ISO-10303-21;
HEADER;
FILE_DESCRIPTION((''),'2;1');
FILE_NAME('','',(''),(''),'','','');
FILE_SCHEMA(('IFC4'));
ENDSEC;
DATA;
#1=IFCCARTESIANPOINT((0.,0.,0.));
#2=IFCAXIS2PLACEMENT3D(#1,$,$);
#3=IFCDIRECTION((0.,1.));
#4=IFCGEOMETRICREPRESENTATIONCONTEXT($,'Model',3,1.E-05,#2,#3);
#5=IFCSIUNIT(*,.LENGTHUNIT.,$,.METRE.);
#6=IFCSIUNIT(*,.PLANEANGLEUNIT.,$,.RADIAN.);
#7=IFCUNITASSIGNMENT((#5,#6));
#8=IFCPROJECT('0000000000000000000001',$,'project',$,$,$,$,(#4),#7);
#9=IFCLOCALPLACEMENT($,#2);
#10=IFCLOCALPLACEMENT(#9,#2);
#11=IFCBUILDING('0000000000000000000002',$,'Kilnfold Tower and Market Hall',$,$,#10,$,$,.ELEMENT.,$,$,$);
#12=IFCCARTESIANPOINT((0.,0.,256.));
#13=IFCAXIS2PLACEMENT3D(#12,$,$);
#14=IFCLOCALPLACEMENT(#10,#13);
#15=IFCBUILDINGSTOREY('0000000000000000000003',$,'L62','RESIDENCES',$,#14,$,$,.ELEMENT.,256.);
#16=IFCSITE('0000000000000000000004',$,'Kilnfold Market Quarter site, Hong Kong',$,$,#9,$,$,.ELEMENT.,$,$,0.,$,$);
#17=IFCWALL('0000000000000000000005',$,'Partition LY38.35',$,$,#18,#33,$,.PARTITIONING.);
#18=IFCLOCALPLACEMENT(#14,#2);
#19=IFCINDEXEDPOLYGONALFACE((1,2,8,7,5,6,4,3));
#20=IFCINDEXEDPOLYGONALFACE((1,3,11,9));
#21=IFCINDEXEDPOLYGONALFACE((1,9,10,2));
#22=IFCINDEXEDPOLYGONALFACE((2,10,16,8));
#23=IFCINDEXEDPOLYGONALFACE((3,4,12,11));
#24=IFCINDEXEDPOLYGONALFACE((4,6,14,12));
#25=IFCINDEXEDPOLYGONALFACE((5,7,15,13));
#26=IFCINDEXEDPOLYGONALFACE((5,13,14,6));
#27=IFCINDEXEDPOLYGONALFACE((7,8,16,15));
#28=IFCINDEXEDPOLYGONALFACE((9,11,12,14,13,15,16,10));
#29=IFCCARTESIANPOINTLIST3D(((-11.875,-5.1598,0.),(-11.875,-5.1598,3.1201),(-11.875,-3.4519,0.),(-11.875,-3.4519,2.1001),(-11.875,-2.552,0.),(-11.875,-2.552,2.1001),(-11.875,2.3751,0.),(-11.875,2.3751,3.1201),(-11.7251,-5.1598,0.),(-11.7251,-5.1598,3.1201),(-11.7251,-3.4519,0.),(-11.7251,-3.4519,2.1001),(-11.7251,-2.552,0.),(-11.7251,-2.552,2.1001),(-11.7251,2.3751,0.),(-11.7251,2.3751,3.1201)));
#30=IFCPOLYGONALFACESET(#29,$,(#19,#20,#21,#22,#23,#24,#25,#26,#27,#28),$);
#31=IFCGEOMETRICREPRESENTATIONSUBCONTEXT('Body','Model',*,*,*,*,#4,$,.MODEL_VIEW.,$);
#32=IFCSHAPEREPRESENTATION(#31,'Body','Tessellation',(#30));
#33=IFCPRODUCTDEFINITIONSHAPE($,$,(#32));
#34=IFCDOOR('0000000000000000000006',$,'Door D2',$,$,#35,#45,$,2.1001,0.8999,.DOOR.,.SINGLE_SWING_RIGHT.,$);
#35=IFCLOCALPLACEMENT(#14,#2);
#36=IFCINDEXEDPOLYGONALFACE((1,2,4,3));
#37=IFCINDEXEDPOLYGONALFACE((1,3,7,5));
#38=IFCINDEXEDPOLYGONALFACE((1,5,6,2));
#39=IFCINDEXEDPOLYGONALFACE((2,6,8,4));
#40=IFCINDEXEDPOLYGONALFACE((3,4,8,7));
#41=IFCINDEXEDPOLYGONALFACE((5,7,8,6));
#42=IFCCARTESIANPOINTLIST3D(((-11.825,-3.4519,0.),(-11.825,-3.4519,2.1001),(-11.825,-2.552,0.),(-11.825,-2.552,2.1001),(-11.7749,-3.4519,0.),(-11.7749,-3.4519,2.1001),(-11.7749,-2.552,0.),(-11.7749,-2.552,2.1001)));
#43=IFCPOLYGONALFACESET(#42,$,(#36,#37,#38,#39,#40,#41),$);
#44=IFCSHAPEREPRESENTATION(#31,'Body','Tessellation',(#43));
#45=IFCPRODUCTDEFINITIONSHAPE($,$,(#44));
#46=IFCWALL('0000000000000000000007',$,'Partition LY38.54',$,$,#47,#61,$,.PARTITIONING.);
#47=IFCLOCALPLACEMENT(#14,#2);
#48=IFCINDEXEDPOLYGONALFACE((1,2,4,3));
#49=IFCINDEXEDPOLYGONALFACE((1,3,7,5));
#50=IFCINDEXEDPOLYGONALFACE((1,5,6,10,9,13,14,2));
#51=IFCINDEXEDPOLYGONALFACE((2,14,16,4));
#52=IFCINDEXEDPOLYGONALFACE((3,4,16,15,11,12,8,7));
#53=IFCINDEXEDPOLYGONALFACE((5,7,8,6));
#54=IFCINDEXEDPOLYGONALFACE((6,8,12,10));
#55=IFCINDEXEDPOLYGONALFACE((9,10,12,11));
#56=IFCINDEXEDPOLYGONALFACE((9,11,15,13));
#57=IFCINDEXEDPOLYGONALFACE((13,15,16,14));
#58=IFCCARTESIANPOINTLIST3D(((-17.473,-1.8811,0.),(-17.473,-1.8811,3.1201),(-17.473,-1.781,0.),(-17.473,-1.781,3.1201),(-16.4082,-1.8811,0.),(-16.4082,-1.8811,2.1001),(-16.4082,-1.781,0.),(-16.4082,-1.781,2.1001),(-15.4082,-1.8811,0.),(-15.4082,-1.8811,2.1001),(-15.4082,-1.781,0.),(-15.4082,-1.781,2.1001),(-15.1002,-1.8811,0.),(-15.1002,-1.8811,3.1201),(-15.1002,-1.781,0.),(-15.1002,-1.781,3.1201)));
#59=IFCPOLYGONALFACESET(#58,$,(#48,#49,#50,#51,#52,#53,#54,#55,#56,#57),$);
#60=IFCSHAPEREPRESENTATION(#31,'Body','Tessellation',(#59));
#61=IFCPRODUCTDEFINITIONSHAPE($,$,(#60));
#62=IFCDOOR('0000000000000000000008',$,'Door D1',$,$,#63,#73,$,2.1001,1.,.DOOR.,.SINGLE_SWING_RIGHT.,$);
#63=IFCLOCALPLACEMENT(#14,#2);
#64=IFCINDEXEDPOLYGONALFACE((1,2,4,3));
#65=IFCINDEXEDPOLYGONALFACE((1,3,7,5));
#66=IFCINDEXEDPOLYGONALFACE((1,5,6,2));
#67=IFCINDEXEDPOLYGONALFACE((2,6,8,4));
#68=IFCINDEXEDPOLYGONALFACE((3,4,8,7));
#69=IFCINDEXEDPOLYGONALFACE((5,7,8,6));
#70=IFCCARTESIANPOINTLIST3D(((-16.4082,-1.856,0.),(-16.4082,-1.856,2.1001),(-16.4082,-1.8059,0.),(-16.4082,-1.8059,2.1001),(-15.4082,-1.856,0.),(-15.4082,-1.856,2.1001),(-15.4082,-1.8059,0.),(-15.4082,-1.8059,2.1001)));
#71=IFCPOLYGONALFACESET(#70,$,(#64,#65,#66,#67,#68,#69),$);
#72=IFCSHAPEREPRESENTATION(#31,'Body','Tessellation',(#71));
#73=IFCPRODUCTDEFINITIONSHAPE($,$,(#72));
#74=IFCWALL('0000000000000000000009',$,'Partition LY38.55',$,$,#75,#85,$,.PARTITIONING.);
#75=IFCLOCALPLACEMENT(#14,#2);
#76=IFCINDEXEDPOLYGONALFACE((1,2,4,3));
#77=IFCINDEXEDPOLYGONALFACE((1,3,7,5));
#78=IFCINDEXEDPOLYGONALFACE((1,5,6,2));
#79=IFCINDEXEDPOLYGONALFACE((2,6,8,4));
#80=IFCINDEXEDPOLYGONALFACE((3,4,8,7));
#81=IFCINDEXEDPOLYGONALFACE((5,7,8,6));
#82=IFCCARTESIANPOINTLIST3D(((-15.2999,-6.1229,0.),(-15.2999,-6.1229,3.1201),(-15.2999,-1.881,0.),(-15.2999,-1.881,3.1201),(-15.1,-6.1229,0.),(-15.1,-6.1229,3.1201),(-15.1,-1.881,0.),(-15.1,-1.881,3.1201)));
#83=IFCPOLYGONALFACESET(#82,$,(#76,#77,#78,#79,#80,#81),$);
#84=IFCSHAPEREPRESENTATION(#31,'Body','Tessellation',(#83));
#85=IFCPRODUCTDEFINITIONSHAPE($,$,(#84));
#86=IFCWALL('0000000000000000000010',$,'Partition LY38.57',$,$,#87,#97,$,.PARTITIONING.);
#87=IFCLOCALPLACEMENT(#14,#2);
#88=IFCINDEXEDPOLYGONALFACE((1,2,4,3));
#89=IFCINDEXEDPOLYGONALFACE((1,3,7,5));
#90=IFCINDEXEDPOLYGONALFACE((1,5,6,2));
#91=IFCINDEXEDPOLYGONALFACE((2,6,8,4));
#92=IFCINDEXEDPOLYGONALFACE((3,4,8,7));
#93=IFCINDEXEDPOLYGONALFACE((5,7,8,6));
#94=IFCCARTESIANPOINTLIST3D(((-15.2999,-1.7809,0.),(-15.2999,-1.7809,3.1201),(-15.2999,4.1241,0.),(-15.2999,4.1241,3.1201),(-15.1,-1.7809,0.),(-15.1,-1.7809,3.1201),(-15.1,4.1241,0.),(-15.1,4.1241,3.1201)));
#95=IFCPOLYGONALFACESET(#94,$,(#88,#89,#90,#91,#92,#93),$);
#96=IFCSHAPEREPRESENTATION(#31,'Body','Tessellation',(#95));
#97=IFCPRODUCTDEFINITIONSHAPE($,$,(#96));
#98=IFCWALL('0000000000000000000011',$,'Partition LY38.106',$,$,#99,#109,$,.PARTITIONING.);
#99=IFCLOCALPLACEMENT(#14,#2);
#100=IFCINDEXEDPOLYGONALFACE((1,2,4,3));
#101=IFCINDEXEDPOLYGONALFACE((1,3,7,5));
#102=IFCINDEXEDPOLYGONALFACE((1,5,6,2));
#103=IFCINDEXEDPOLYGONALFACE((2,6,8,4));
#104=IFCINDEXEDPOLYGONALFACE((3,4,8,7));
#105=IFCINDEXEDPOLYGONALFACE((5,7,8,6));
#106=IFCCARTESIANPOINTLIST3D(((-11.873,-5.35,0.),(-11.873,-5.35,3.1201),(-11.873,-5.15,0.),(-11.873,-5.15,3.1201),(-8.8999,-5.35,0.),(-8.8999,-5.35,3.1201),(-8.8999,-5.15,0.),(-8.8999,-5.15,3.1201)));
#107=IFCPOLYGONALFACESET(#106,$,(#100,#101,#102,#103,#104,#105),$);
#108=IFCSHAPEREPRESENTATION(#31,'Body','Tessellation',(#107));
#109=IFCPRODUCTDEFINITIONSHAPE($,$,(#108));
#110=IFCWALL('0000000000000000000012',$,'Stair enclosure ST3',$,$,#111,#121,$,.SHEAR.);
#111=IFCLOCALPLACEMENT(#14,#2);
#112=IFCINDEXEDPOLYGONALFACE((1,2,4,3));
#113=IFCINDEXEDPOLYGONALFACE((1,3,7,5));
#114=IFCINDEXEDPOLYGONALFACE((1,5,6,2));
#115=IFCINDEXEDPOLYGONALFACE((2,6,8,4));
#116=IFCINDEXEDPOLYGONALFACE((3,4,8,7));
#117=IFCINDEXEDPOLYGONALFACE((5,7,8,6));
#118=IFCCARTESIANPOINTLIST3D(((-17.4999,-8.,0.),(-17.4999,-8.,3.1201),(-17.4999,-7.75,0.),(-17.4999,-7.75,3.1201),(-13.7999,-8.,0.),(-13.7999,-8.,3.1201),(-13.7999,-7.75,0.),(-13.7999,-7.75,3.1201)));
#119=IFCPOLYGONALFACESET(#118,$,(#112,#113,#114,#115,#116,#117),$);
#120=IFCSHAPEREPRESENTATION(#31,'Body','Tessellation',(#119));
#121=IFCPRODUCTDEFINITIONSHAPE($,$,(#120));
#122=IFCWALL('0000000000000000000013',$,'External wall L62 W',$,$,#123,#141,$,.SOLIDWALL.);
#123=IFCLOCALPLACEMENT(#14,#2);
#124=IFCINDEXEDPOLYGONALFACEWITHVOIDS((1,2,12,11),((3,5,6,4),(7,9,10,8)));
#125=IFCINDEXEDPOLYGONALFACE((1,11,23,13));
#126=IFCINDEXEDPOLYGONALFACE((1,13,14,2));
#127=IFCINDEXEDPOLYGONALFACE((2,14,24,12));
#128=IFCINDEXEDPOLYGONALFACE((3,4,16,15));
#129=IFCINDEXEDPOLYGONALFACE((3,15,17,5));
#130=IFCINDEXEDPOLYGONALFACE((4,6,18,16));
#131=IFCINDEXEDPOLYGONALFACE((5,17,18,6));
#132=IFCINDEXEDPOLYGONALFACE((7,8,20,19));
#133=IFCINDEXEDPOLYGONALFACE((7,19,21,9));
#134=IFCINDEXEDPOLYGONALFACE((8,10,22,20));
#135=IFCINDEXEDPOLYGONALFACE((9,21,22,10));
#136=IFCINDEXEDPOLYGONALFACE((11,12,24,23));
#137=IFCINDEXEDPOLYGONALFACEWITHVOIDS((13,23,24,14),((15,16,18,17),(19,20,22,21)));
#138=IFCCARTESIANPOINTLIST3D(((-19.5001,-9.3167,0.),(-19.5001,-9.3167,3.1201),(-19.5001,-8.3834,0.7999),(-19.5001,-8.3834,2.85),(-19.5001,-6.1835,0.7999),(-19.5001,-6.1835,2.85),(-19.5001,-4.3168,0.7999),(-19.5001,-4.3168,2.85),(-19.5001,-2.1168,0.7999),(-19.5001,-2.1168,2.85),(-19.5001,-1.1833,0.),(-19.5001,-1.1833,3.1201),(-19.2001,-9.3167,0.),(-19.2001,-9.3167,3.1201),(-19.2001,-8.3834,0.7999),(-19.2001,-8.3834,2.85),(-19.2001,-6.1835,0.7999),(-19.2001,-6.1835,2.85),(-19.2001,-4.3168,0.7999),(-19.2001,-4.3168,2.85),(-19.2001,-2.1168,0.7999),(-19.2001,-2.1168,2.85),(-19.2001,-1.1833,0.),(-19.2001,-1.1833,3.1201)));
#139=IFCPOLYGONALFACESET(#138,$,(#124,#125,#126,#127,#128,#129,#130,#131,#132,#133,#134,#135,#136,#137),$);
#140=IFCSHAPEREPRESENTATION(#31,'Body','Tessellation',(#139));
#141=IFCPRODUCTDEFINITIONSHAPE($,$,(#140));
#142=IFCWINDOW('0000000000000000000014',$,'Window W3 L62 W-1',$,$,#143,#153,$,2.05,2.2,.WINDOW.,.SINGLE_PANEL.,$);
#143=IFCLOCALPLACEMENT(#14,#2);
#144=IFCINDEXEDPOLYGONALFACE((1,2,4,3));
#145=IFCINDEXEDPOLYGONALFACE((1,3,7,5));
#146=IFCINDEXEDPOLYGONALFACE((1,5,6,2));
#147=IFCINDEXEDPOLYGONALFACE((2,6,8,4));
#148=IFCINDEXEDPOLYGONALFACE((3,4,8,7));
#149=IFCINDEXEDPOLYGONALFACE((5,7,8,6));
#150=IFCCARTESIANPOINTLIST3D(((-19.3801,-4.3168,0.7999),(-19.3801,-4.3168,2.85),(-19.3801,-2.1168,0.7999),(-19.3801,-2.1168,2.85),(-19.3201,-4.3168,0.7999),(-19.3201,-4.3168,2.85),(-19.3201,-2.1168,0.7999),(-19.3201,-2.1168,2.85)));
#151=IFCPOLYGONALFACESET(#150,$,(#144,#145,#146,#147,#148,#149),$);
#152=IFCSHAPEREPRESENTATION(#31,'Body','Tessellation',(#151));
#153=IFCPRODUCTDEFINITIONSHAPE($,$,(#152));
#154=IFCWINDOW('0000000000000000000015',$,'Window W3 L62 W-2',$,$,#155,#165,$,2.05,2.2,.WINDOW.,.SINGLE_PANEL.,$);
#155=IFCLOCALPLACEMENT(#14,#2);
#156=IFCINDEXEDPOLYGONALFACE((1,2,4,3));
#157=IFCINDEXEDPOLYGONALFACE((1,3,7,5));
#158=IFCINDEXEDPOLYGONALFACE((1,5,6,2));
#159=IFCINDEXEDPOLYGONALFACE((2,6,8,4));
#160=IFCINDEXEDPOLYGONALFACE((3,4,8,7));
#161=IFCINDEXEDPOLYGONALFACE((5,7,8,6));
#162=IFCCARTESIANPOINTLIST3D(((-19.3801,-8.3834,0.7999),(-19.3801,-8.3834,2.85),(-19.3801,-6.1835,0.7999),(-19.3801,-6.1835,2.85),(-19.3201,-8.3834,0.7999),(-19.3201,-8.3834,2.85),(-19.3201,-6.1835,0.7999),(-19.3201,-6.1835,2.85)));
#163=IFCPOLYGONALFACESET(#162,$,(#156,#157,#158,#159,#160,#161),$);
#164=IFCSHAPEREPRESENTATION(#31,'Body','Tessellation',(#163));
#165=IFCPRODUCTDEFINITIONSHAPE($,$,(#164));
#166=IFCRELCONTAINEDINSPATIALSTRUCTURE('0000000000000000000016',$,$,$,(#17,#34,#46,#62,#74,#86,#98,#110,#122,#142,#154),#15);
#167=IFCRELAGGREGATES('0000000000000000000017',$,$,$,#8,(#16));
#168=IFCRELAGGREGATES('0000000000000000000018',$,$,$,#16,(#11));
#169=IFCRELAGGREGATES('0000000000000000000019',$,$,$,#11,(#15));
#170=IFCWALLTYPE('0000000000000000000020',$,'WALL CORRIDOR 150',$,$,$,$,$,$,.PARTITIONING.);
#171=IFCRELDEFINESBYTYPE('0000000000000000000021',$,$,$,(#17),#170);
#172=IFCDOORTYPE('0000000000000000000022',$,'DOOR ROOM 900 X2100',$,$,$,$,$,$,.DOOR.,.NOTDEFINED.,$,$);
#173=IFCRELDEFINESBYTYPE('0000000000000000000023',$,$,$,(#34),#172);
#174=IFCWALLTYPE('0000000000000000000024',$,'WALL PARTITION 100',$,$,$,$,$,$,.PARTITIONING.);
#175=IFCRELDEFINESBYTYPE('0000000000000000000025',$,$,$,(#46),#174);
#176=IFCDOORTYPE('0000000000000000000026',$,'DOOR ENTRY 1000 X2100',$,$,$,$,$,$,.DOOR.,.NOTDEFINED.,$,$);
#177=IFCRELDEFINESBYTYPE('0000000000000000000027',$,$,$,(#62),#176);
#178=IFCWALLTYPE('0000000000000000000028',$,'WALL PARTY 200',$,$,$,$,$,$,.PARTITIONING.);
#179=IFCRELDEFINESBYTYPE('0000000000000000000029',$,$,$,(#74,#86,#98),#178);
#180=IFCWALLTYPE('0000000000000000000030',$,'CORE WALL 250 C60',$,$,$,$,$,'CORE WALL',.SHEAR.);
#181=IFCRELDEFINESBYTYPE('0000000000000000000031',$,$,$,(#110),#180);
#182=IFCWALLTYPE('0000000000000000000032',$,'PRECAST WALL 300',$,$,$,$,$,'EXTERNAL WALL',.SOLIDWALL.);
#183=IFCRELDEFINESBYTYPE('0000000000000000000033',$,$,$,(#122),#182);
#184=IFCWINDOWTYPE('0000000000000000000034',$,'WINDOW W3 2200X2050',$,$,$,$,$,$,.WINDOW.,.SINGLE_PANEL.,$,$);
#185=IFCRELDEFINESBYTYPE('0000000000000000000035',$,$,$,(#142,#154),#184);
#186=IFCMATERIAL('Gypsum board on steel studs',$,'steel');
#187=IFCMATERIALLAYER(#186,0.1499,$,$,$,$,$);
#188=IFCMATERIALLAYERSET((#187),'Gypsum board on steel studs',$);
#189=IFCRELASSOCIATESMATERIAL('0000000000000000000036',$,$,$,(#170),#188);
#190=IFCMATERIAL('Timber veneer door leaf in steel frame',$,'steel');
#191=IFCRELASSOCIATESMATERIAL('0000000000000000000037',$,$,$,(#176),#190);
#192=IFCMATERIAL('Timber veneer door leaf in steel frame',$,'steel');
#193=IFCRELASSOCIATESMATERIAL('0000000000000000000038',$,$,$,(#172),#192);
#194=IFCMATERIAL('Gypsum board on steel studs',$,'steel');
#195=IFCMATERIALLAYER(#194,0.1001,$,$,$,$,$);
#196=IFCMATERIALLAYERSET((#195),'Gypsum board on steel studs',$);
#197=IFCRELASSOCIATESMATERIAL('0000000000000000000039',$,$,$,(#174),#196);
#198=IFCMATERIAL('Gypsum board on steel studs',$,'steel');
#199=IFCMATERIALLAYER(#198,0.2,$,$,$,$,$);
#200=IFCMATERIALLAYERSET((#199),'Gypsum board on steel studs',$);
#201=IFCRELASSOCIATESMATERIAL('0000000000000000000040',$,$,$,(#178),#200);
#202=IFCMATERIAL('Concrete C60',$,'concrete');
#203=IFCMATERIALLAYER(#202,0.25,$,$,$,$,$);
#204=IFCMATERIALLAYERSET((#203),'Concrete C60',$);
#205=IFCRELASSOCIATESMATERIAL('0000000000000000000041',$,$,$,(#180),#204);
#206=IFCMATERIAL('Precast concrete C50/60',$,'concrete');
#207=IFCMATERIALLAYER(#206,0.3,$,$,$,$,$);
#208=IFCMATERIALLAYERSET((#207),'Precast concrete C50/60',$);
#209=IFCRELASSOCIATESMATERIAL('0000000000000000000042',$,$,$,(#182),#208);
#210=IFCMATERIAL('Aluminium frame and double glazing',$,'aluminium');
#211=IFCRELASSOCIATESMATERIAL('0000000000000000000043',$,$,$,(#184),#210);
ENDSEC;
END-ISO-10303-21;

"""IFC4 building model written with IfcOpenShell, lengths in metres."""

from ifc_helpers import new_model, si_unit, direction, frame, frame_2d, origin, place, context, subcontext, project, spatial, rectangle, extrude, source, transform, mapped, material, layer, layer_set, type_object, element, fill, save


model = new_model("IFC4")

# Units and contexts
model_context = context("Model", 3, precision=1e-05, world=origin(), true_north=direction((0.0, 1.0)))
body_context = subcontext(model_context, "Body", "Model", "MODEL_VIEW")
ifc_project = project(units=[si_unit("LENGTHUNIT", "METRE"), si_unit("PLANEANGLEUNIT", "RADIAN")], contexts=[model_context])

# Site, building, storey
site_placement = place(None, origin())
site = spatial("IfcSite", under=ifc_project, at=site_placement, Name="Kilnfold Market Quarter site, Hong Kong", CompositionType="ELEMENT", RefElevation=0.0)
building_placement = place(site_placement, origin())
building = spatial("IfcBuilding", under=site, at=building_placement, Name="Kilnfold Tower and Market Hall", CompositionType="ELEMENT")
storey_placement = place(building_placement, frame((0.0, 0.0, 256.0)))
storey = spatial("IfcBuildingStorey", under=building, at=storey_placement, Name="L62", Description="RESIDENCES", CompositionType="ELEMENT", Elevation=256.0)

# Shared definitions
ifc_material_1 = material(Name="Gypsum board on steel studs", Category="steel")
ifc_layer_1 = layer(ifc_material_1, 0.1499)
ifc_layer_set_1 = layer_set([ifc_layer_1], Name="Gypsum board on steel studs")
wall_type_1 = type_object("IfcWallType", Name="WALL CORRIDOR 150", PredefinedType="PARTITIONING", material=ifc_layer_set_1)
ifc_material_2 = material(Name="Timber veneer door leaf in steel frame", Category="steel")
door_type_1 = type_object("IfcDoorType", Name="DOOR ENTRY 1000 X2100", OperationType="NOTDEFINED", PredefinedType="DOOR", material=ifc_material_2)

# Walls, openings, doors
wall_1_placement = place(storey_placement, frame((-11.8, -5.1599, 0.0), z_axis=(0.0, 0.0, 1.0), x_axis=(0.0, 1.0, 0.0)))
wall_1 = element("IfcWall", 1, at=wall_1_placement, inside=storey, type_object=wall_type_1, Name="Partition LY38.35", PredefinedType="PARTITIONING", context=body_context, shape_type="SweptSolid", body=[
    extrude(rectangle(XDim=7.5349, YDim=0.1499, at=frame_2d((3.7676, 0.0))), origin(), (0.0, 0.0, 1.0), 3.1201),
])
opening_1_placement = place(wall_1_placement, frame((1.708, 0.0, 0.0)))
opening_1 = element("IfcOpeningElement", 2, at=opening_1_placement, cuts=wall_1, PredefinedType="OPENING", context=body_context, shape_type="SweptSolid", body=[
    extrude(rectangle(XDim=0.8999, YDim=2.1001, at=frame_2d((0.45, 1.05))), frame((0.0, 0.085, 0.0), z_axis=(0.0, -1.0, 0.0), x_axis=(1.0, 0.0, 0.0)), (0.0, 0.0, 1.0), 0.1699),
])
ifc_material_3 = material(Name="Timber veneer door leaf in steel frame", Category="steel")
door_type_2 = type_object("IfcDoorType", Name="DOOR ROOM 900 X2100", OperationType="NOTDEFINED", PredefinedType="DOOR", material=ifc_material_3)
door_1_placement = place(opening_1_placement, origin())
door_1 = element("IfcDoor", 3, at=door_1_placement, inside=storey, type_object=door_type_2, Name="Door D2", OperationType="SINGLE_SWING_RIGHT", OverallHeight=2.1001, OverallWidth=0.8999, PredefinedType="DOOR", context=body_context, shape_type="SweptSolid", body=[
    extrude(rectangle(XDim=0.8999, YDim=2.1001, at=frame_2d((0.45, 1.05))), frame((0.0, 0.0249, 0.0), z_axis=(0.0, -1.0, 0.0), x_axis=(1.0, 0.0, 0.0)), (0.0, 0.0, 1.0), 0.05),
])
fill(opening_1, door_1)
ifc_material_4 = material(Name="Gypsum board on steel studs", Category="steel")
ifc_layer_2 = layer(ifc_material_4, 0.1001)
ifc_layer_set_2 = layer_set([ifc_layer_2], Name="Gypsum board on steel studs")
wall_type_2 = type_object("IfcWallType", Name="WALL PARTITION 100", PredefinedType="PARTITIONING", material=ifc_layer_set_2)
wall_2_placement = place(storey_placement, frame((-15.1001, -1.8311, 0.0), z_axis=(0.0, 0.0, 1.0), x_axis=(-1.0, 0.0, 0.0)))
wall_2 = element("IfcWall", 4, at=wall_2_placement, inside=storey, type_object=wall_type_2, Name="Partition LY38.54", PredefinedType="PARTITIONING", context=body_context, shape_type="SweptSolid", body=[
    extrude(rectangle(XDim=2.3728, YDim=0.1001, at=frame_2d((1.1865, 0.0))), origin(), (0.0, 0.0, 1.0), 3.1201),
])
opening_2_placement = place(wall_2_placement, frame((0.3081, 0.0, 0.0)))
opening_2 = element("IfcOpeningElement", 5, at=opening_2_placement, cuts=wall_2, PredefinedType="OPENING", context=body_context, shape_type="SweptSolid", body=[
    extrude(rectangle(XDim=1.0, YDim=2.1001, at=frame_2d((0.5, 1.05))), frame((0.0, 0.0601, 0.0), z_axis=(0.0, -1.0, 0.0), x_axis=(1.0, 0.0, 0.0)), (0.0, 0.0, 1.0), 0.1201),
])
door_2_placement = place(opening_2_placement, origin())
door_2 = element("IfcDoor", 6, at=door_2_placement, inside=storey, type_object=door_type_1, Name="Door D1", OperationType="SINGLE_SWING_RIGHT", OverallHeight=2.1001, OverallWidth=1.0, PredefinedType="DOOR", context=body_context, shape_type="SweptSolid", body=[
    extrude(rectangle(XDim=1.0, YDim=2.1001, at=frame_2d((0.5, 1.05))), frame((0.0, 0.0249, 0.0), z_axis=(0.0, -1.0, 0.0), x_axis=(1.0, 0.0, 0.0)), (0.0, 0.0, 1.0), 0.05),
])
fill(opening_2, door_2)

# Walls
ifc_material_5 = material(Name="Gypsum board on steel studs", Category="steel")
ifc_layer_3 = layer(ifc_material_5, 0.2)
ifc_layer_set_3 = layer_set([ifc_layer_3], Name="Gypsum board on steel studs")
wall_type_3 = type_object("IfcWallType", Name="WALL PARTY 200", PredefinedType="PARTITIONING", material=ifc_layer_set_3)
wall_3_placement = place(storey_placement, frame((-15.2, -6.123, 0.0), z_axis=(0.0, 0.0, 1.0), x_axis=(0.0, 1.0, 0.0)))
element("IfcWall", 7, at=wall_3_placement, inside=storey, type_object=wall_type_3, Name="Partition LY38.55", PredefinedType="PARTITIONING", context=body_context, shape_type="SweptSolid", body=[
    extrude(rectangle(XDim=4.2419, YDim=0.2, at=frame_2d((2.1211, 0.0))), origin(), (0.0, 0.0, 1.0), 3.1201),
])
wall_4_placement = place(storey_placement, frame((-15.2, -1.781, 0.0), z_axis=(0.0, 0.0, 1.0), x_axis=(0.0, 1.0, 0.0)))
element("IfcWall", 8, at=wall_4_placement, inside=storey, type_object=wall_type_3, Name="Partition LY38.57", PredefinedType="PARTITIONING", context=body_context, shape_type="SweptSolid", body=[
    extrude(rectangle(XDim=5.905, YDim=0.2, at=frame_2d((2.9526, 0.0))), origin(), (0.0, 0.0, 1.0), 3.1201),
])
wall_5_placement = place(storey_placement, frame((-11.873, -5.25, 0.0), z_axis=(0.0, 0.0, 1.0), x_axis=(1.0, 0.0, 0.0)))
element("IfcWall", 9, at=wall_5_placement, inside=storey, type_object=wall_type_3, Name="Partition LY38.106", PredefinedType="PARTITIONING", context=body_context, shape_type="SweptSolid", body=[
    extrude(rectangle(XDim=2.9731, YDim=0.2, at=frame_2d((1.4866, 0.0))), origin(), (0.0, 0.0, 1.0), 3.1201),
])
ifc_material_6 = material(Name="Concrete C60", Category="concrete")
ifc_layer_4 = layer(ifc_material_6, 0.25)
ifc_layer_set_4 = layer_set([ifc_layer_4], Name="Concrete C60")
wall_type_4 = type_object("IfcWallType", Name="CORE WALL 250 C60", ElementType="CORE WALL", PredefinedType="SHEAR", material=ifc_layer_set_4)
shared_shape_1 = source(origin(), body_context, "Body", "SweptSolid", [
    extrude(rectangle(XDim=3.7, YDim=0.25, at=frame_2d((1.8501, 0.0))), origin(), (0.0, 0.0, 1.0), 3.1201),
])
wall_6_placement = place(storey_placement, frame((-17.5, -7.875, 0.0), z_axis=(0.0, 0.0, 1.0), x_axis=(1.0, 0.0, 0.0)))
element("IfcWall", 10, at=wall_6_placement, inside=storey, type_object=wall_type_4, Name="Stair enclosure ST3", PredefinedType="SHEAR", context=body_context, shape_type="MappedRepresentation", body=[
    mapped(shared_shape_1, transform((0.0, 0.0, 0.0))),
])

# Wall, openings, windows
ifc_material_7 = material(Name="Precast concrete C50/60", Category="concrete")
ifc_layer_5 = layer(ifc_material_7, 0.3)
ifc_layer_set_5 = layer_set([ifc_layer_5], Name="Precast concrete C50/60")
wall_type_5 = type_object("IfcWallType", Name="PRECAST WALL 300", ElementType="EXTERNAL WALL", PredefinedType="SOLIDWALL", material=ifc_layer_set_5)
shared_shape_2 = source(origin(), body_context, "Body", "SweptSolid", [
    extrude(rectangle(XDim=8.1333, YDim=0.3, at=frame_2d((4.0667, 0.0))), origin(), (0.0, 0.0, 1.0), 3.1201),
])
wall_7_placement = place(storey_placement, frame((-19.3501, -1.1833, 0.0), z_axis=(0.0, 0.0, 1.0), x_axis=(0.0, -1.0, 0.0)))
wall_7 = element("IfcWall", 11, at=wall_7_placement, inside=storey, type_object=wall_type_5, Name="External wall L62 W", PredefinedType="SOLIDWALL", context=body_context, shape_type="MappedRepresentation", body=[
    mapped(shared_shape_2, transform((0.0, 0.0, 0.0))),
])
opening_3_placement = place(wall_7_placement, frame((0.9333, 0.0, 0.8)))
opening_3 = element("IfcOpeningElement", 12, at=opening_3_placement, cuts=wall_7, PredefinedType="OPENING", context=body_context, shape_type="SweptSolid", body=[
    extrude(rectangle(XDim=2.2, YDim=2.05, at=frame_2d((1.1001, 1.0249))), frame((0.0, 0.1602, 0.0), z_axis=(0.0, -1.0, 0.0), x_axis=(1.0, 0.0, 0.0)), (0.0, 0.0, 1.0), 0.3201),
])
opening_4_placement = place(wall_7_placement, frame((5.0, 0.0, 0.8)))
opening_4 = element("IfcOpeningElement", 13, at=opening_4_placement, cuts=wall_7, PredefinedType="OPENING", context=body_context, shape_type="SweptSolid", body=[
    extrude(rectangle(XDim=2.2, YDim=2.05, at=frame_2d((1.1001, 1.0249))), frame((0.0, 0.1602, 0.0), z_axis=(0.0, -1.0, 0.0), x_axis=(1.0, 0.0, 0.0)), (0.0, 0.0, 1.0), 0.3201),
])
ifc_material_8 = material(Name="Aluminium frame and double glazing", Category="aluminium")
window_type = type_object("IfcWindowType", Name="WINDOW W3 2200X2050", PartitioningType="SINGLE_PANEL", PredefinedType="WINDOW", material=ifc_material_8)
window_1_placement = place(opening_3_placement, origin())
window_1 = element("IfcWindow", 14, at=window_1_placement, inside=storey, type_object=window_type, Name="Window W3 L62 W-1", OverallHeight=2.05, OverallWidth=2.2, PartitioningType="SINGLE_PANEL", PredefinedType="WINDOW", context=body_context, shape_type="SweptSolid", body=[
    extrude(rectangle(XDim=2.2, YDim=2.05, at=frame_2d((1.1001, 1.0249))), frame((0.0, 0.03, 0.0), z_axis=(0.0, -1.0, 0.0), x_axis=(1.0, 0.0, 0.0)), (0.0, 0.0, 1.0), 0.0601),
])
fill(opening_3, window_1)
window_2_placement = place(opening_4_placement, origin())
window_2 = element("IfcWindow", 15, at=window_2_placement, inside=storey, type_object=window_type, Name="Window W3 L62 W-2", OverallHeight=2.05, OverallWidth=2.2, PartitioningType="SINGLE_PANEL", PredefinedType="WINDOW", context=body_context, shape_type="SweptSolid", body=[
    extrude(rectangle(XDim=2.2, YDim=2.05, at=frame_2d((1.1001, 1.0249))), frame((0.0, 0.03, 0.0), z_axis=(0.0, -1.0, 0.0), x_axis=(1.0, 0.0, 0.0)), (0.0, 0.0, 1.0), 0.0601),
])
fill(opening_4, window_2)

save(model, "model.ifc")
